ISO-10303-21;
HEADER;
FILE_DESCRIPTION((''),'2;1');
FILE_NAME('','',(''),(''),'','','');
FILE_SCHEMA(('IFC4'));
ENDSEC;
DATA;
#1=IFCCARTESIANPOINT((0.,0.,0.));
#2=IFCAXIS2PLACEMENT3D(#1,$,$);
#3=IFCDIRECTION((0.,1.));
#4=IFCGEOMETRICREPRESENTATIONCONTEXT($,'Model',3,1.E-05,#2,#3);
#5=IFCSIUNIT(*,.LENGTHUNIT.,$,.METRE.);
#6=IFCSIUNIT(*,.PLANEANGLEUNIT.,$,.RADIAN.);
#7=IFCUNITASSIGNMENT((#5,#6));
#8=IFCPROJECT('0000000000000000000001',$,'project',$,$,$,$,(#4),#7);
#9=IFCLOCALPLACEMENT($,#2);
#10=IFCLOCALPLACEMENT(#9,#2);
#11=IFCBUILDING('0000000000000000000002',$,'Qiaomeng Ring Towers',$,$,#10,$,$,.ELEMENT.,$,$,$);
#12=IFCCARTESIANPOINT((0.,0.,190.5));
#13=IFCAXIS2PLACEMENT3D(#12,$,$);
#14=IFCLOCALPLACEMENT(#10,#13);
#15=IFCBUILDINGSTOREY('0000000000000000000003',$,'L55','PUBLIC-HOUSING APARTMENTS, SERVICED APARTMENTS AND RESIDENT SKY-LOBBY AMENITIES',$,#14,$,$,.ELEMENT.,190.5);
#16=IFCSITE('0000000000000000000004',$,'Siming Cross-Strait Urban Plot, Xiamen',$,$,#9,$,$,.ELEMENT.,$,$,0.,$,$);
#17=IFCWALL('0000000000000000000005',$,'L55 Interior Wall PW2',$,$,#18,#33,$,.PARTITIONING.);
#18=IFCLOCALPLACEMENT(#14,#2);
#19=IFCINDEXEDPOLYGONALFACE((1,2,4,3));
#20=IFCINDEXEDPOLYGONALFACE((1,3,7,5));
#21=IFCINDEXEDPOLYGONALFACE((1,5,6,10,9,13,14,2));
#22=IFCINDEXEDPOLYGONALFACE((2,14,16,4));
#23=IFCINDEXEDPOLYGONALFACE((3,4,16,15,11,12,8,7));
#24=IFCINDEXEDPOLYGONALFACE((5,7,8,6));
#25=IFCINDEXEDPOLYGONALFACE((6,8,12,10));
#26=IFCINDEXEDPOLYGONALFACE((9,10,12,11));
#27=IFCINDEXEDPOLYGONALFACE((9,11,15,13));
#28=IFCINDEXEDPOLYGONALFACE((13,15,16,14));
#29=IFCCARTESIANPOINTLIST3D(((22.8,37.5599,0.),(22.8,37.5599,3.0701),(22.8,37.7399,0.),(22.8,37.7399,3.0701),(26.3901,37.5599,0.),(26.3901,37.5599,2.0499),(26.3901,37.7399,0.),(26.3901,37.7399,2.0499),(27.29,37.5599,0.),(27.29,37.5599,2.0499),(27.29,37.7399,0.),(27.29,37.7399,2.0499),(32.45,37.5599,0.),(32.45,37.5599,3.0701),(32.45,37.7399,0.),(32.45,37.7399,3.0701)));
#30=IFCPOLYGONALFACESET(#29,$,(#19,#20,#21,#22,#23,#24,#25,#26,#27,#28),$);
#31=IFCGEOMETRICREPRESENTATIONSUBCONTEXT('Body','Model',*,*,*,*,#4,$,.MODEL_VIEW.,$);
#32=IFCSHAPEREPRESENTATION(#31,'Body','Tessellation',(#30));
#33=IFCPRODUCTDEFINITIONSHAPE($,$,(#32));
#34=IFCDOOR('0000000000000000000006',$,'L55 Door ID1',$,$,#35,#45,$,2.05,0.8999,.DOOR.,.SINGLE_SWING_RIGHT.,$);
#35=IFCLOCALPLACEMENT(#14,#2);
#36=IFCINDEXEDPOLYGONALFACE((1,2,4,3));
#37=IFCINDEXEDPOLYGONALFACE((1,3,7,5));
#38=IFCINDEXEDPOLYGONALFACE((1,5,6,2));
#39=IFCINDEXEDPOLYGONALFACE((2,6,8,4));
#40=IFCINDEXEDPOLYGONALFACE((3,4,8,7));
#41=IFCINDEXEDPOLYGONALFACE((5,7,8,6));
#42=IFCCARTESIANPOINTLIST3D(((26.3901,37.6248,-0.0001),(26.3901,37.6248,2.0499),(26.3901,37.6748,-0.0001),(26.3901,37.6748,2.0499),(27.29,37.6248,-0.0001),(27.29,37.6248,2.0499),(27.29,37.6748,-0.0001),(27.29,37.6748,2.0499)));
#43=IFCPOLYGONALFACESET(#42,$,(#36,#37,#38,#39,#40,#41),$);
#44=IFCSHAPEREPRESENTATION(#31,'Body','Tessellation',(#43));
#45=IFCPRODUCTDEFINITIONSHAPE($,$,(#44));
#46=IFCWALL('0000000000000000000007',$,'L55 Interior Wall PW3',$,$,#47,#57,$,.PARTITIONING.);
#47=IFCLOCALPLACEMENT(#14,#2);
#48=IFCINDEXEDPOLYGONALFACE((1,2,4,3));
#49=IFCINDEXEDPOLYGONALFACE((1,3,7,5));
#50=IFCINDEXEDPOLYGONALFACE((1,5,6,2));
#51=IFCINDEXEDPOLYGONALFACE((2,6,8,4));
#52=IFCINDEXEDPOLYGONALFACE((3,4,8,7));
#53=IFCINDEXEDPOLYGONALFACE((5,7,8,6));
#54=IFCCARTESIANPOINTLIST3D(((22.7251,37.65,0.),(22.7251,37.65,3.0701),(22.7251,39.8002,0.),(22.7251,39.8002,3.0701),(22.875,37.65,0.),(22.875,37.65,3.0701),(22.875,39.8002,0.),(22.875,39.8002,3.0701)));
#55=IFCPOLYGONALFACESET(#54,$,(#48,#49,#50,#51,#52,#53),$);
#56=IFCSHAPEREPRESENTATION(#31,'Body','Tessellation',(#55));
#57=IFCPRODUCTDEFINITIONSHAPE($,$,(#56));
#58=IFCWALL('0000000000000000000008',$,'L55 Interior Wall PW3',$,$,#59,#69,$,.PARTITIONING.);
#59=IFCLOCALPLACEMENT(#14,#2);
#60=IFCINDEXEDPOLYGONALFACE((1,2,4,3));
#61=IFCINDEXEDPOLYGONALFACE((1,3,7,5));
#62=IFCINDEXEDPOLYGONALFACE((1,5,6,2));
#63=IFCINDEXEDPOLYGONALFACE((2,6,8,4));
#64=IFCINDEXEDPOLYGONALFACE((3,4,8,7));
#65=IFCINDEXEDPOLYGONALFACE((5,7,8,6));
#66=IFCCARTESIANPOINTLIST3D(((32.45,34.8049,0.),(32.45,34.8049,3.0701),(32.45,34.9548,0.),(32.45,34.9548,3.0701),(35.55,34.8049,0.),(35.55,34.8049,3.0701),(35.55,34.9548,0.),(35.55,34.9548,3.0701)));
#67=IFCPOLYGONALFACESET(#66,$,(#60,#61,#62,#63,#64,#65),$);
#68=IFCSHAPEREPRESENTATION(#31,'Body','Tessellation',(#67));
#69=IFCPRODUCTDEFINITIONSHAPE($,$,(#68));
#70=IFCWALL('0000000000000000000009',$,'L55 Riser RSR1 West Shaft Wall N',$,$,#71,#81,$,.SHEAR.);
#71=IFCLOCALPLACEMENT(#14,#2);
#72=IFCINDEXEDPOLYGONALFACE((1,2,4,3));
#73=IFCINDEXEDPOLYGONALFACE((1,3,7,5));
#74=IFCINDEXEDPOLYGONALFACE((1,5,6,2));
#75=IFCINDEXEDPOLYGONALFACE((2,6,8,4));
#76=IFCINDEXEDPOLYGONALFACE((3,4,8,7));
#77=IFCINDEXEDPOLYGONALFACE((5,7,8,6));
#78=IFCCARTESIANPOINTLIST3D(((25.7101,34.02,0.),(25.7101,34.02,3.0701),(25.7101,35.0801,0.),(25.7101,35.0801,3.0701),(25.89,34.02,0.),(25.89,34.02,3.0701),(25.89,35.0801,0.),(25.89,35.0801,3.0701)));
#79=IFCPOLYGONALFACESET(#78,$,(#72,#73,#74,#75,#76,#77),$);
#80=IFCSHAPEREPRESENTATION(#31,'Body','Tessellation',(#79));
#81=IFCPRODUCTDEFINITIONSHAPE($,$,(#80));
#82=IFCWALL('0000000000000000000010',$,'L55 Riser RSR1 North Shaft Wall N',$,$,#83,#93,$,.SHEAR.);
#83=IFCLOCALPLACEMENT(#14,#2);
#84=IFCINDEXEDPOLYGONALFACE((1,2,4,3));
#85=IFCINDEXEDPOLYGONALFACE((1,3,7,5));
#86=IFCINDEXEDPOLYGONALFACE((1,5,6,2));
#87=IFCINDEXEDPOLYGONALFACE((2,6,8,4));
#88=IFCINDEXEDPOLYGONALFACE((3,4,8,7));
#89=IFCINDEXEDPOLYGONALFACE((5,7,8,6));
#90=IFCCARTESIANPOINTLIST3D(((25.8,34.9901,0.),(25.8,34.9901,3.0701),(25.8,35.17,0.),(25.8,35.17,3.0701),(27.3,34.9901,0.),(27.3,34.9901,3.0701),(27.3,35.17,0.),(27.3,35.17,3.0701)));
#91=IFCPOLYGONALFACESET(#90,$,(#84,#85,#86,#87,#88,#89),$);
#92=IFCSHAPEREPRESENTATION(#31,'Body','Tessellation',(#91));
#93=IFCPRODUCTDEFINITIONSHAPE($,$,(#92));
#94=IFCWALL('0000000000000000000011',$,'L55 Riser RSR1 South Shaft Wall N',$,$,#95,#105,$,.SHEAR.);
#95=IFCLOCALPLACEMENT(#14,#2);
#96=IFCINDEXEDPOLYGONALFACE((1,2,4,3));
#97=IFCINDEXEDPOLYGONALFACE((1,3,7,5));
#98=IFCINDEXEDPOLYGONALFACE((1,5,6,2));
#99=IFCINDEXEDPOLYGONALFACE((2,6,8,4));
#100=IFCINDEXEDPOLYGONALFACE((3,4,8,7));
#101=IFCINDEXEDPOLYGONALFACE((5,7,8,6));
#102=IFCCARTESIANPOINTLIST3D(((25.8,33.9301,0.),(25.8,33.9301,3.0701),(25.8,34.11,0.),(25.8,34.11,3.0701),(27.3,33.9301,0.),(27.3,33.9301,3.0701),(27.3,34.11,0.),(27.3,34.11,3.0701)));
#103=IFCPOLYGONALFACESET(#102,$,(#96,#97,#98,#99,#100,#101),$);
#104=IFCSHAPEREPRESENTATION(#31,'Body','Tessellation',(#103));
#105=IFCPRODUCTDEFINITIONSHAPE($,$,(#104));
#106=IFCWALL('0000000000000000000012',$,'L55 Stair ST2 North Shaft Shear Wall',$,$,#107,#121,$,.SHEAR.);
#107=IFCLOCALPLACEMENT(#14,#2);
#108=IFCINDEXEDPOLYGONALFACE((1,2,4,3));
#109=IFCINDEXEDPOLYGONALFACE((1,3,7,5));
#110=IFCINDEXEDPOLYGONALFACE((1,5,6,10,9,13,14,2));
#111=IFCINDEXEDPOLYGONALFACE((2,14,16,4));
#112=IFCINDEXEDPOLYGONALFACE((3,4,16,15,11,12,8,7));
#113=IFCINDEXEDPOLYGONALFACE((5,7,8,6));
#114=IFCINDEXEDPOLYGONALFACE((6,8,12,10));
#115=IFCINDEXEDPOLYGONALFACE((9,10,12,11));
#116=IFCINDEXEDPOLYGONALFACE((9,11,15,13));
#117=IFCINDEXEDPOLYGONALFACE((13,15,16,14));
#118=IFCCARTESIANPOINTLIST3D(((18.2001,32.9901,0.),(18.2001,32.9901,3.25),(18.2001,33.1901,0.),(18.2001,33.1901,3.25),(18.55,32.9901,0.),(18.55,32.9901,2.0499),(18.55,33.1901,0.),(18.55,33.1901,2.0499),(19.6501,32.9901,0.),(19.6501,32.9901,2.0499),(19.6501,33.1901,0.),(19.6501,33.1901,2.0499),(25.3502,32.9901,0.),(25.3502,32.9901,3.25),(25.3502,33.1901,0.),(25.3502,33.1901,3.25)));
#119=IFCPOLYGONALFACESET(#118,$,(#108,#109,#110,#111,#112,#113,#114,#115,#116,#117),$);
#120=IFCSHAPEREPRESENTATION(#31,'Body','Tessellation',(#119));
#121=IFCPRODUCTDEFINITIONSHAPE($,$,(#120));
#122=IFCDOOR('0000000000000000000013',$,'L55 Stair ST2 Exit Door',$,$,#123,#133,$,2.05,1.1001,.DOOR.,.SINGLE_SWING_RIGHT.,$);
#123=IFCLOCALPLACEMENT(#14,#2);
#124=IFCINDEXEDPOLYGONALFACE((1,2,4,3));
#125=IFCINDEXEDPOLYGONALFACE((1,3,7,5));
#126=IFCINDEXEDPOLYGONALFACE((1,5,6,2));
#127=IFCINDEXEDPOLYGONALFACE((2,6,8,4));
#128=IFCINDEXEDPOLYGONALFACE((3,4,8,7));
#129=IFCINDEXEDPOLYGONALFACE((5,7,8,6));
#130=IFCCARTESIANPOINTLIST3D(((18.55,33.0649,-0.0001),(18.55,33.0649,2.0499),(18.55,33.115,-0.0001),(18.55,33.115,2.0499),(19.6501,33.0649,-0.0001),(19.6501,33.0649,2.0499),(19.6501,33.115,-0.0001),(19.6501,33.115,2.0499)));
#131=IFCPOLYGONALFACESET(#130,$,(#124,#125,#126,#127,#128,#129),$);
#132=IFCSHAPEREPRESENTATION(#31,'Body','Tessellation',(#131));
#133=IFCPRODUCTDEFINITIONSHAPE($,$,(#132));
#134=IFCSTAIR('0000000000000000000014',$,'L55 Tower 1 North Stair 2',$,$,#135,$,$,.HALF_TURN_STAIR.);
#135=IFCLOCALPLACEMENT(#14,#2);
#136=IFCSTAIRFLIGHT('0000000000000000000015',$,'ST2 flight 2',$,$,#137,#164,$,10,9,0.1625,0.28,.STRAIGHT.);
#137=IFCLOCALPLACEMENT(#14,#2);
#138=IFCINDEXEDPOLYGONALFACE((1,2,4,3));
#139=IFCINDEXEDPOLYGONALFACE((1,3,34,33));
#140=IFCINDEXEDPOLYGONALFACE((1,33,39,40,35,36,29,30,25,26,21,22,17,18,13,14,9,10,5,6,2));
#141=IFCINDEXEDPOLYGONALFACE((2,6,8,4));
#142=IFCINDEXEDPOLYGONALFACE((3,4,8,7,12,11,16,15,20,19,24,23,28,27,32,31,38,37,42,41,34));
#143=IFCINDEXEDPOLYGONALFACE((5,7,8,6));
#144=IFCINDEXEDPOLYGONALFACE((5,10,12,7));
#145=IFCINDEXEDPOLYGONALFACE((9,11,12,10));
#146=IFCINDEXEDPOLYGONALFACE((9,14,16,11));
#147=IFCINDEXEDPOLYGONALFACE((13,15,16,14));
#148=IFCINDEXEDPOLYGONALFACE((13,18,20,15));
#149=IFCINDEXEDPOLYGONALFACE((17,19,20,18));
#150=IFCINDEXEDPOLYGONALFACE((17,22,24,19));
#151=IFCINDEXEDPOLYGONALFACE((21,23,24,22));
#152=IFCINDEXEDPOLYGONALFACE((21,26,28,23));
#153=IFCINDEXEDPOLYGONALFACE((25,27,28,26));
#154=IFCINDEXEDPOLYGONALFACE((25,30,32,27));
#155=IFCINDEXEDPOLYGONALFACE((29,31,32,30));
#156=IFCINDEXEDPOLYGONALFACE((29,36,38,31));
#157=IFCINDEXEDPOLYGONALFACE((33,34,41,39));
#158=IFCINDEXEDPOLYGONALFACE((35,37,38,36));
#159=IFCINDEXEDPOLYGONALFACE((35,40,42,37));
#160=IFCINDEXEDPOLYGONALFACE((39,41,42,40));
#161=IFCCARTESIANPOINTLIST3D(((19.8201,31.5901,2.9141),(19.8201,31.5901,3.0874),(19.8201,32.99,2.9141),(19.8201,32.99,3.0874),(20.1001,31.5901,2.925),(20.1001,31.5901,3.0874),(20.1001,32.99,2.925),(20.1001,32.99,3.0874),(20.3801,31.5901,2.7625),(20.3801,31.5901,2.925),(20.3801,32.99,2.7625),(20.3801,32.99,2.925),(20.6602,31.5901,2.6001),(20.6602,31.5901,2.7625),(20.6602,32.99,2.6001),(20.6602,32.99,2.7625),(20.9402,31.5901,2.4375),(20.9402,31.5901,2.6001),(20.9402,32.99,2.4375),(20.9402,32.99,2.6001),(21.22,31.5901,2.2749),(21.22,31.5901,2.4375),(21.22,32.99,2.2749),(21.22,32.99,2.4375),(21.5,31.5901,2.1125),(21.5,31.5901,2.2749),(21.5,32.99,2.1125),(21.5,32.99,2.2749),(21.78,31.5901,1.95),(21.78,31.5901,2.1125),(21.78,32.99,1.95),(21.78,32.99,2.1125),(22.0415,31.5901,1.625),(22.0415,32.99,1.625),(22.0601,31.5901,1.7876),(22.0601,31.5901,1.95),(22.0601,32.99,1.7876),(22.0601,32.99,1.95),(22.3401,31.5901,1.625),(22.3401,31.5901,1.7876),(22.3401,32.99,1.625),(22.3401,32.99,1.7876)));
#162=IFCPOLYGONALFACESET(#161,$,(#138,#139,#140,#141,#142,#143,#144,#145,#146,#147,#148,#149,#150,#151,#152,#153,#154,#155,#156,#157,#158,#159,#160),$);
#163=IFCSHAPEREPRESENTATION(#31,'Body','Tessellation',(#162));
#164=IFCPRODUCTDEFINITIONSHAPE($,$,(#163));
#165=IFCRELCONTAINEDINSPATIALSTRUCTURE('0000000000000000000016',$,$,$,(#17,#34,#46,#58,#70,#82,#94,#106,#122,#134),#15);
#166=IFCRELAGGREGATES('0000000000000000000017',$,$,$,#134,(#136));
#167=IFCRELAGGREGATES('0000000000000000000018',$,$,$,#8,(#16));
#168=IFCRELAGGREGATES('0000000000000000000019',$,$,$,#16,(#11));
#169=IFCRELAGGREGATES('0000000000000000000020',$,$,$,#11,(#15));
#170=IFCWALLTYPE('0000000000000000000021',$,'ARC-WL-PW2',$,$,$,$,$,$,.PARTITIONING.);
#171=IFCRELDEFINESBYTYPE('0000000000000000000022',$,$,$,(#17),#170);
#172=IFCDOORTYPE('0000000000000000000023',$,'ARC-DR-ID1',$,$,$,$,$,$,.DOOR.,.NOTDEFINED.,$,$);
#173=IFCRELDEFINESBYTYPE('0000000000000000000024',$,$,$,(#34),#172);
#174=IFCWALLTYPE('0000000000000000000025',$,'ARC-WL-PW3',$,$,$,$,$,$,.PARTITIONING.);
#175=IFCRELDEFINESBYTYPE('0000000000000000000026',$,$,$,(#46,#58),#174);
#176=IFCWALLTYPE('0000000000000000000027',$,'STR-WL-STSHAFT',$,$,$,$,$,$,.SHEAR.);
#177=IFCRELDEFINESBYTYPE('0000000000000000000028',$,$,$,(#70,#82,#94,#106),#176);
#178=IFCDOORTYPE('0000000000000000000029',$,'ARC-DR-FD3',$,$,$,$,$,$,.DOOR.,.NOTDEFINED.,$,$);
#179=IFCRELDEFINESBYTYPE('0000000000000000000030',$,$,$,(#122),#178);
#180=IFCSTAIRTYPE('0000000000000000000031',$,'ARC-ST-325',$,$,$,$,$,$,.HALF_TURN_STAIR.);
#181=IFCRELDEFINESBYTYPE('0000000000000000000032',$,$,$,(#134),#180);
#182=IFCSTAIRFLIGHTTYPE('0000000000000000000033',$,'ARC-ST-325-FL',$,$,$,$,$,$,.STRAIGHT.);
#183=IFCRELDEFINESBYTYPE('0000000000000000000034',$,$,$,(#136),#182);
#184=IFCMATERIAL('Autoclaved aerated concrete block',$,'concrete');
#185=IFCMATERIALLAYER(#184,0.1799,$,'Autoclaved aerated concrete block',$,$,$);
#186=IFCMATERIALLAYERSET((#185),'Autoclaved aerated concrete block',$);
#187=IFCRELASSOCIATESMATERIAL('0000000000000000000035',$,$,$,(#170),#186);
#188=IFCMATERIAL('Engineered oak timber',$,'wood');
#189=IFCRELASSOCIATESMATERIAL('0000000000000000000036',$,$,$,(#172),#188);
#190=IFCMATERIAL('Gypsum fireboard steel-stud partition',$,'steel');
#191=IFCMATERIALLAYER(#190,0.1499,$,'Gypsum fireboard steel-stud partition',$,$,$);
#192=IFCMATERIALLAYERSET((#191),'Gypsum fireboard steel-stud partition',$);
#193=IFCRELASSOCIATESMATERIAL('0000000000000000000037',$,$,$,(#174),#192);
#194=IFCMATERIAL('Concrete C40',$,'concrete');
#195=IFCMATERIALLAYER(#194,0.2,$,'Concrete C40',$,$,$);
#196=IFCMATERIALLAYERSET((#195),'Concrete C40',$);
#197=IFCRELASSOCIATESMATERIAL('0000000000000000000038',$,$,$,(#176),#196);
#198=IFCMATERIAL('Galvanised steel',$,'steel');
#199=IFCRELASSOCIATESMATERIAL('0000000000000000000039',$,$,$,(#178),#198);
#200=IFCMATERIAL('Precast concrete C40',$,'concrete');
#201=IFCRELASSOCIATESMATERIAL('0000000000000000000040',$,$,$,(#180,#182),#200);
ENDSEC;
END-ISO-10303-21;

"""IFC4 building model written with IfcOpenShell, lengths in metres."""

from ifc_helpers import new_model, si_unit, direction, frame, frame_2d, origin, place, context, subcontext, project, spatial, polyline, rectangle, outline, extrude, source, transform, mapped, material, layer, layer_set, type_object, element, fill, aggregate, save


model = new_model("IFC4")

# Units and contexts
model_context = context("Model", 3, precision=1e-05, world=origin(), true_north=direction((0.0, 1.0)))
body_context = subcontext(model_context, "Body", "Model", "MODEL_VIEW")
ifc_project = project(units=[si_unit("LENGTHUNIT", "METRE"), si_unit("PLANEANGLEUNIT", "RADIAN")], contexts=[model_context])

# Site, building, storey
site_placement = place(None, origin())
site = spatial("IfcSite", under=ifc_project, at=site_placement, Name="Siming Cross-Strait Urban Plot, Xiamen", CompositionType="ELEMENT", RefElevation=0.0)
building_placement = place(site_placement, origin())
building = spatial("IfcBuilding", under=site, at=building_placement, Name="Qiaomeng Ring Towers", CompositionType="ELEMENT")
storey_placement = place(building_placement, frame((0.0, 0.0, 190.5)))
storey = spatial("IfcBuildingStorey", under=building, at=storey_placement, Name="L55", Description="PUBLIC-HOUSING APARTMENTS, SERVICED APARTMENTS AND RESIDENT SKY-LOBBY AMENITIES", CompositionType="ELEMENT", Elevation=190.5)

# Shared definitions
ifc_material_1 = material(Name="Concrete C40", Category="concrete")

# Shared definitions
ifc_material_2 = material(Name="Autoclaved aerated concrete block", Category="concrete")

# Wall, opening, door
ifc_layer_1 = layer(ifc_material_2, 0.1799, Name="Autoclaved aerated concrete block")
ifc_layer_set_1 = layer_set([ifc_layer_1], Name="Autoclaved aerated concrete block")
wall_type_1 = type_object("IfcWallType", Name="ARC-WL-PW2", PredefinedType="PARTITIONING", material=ifc_layer_set_1)
wall_1_placement = place(storey_placement, frame((22.8, 37.6499, 0.0), z_axis=(0.0, 0.0, 1.0), x_axis=(1.0, 0.0, 0.0)))
wall_1 = element("IfcWall", 1, at=wall_1_placement, inside=storey, type_object=wall_type_1, Name="L55 Interior Wall PW2", PredefinedType="PARTITIONING", context=body_context, shape_type="SweptSolid", body=[
    extrude(rectangle(XDim=9.6499, YDim=0.1799, at=frame_2d((4.825, 0.0))), origin(), (0.0, 0.0, 1.0), 3.0701),
])
opening_1_placement = place(wall_1_placement, frame((3.5901, 0.0, 0.0)))
opening_1 = element("IfcOpeningElement", 2, at=opening_1_placement, cuts=wall_1, PredefinedType="OPENING", context=body_context, shape_type="SweptSolid", body=[
    extrude(rectangle(XDim=0.8999, YDim=2.05, at=frame_2d((0.45, 1.0249))), frame((0.0, 0.0999, 0.0), z_axis=(0.0, -1.0, 0.0), x_axis=(1.0, 0.0, 0.0)), (0.0, 0.0, 1.0), 0.2),
])
ifc_material_3 = material(Name="Engineered oak timber", Category="wood")
door_type_1 = type_object("IfcDoorType", Name="ARC-DR-ID1", OperationType="NOTDEFINED", PredefinedType="DOOR", material=ifc_material_3)
shared_shape_1 = source(origin(), body_context, "Body", "SweptSolid", [
    extrude(rectangle(XDim=0.8999, YDim=2.05, at=frame_2d((0.45, 1.0249))), frame((0.0, 0.0249, 0.0), z_axis=(0.0, -1.0, 0.0), x_axis=(1.0, 0.0, 0.0)), (0.0, 0.0, 1.0), 0.05),
])
door_1_placement = place(opening_1_placement, origin())
door_1 = element("IfcDoor", 3, at=door_1_placement, inside=storey, type_object=door_type_1, Name="L55 Door ID1", OperationType="SINGLE_SWING_RIGHT", OverallHeight=2.05, OverallWidth=0.8999, PredefinedType="DOOR", context=body_context, shape_type="MappedRepresentation", body=[
    mapped(shared_shape_1, transform((0.0, 0.0, 0.0), x_axis=(1.0, 0.0, 0.0), y_axis=(0.0, 1.0, 0.0), z_axis=(0.0, 0.0, 1.0), scale=1.0)),
])
fill(opening_1, door_1)

# Walls
ifc_material_4 = material(Name="Gypsum fireboard steel-stud partition", Category="steel")
ifc_layer_2 = layer(ifc_material_4, 0.1499, Name="Gypsum fireboard steel-stud partition")
ifc_layer_set_2 = layer_set([ifc_layer_2], Name="Gypsum fireboard steel-stud partition")
wall_type_2 = type_object("IfcWallType", Name="ARC-WL-PW3", PredefinedType="PARTITIONING", material=ifc_layer_set_2)
wall_2_placement = place(storey_placement, frame((22.8, 37.6499, 0.0), z_axis=(0.0, 0.0, 1.0), x_axis=(0.0, 1.0, 0.0)))
element("IfcWall", 4, at=wall_2_placement, inside=storey, type_object=wall_type_2, Name="L55 Interior Wall PW3", PredefinedType="PARTITIONING", context=body_context, shape_type="SweptSolid", body=[
    extrude(rectangle(XDim=2.1501, YDim=0.1499, at=frame_2d((1.0752, 0.0))), origin(), (0.0, 0.0, 1.0), 3.0701),
])
wall_3_placement = place(storey_placement, frame((32.45, 34.8799, 0.0), z_axis=(0.0, 0.0, 1.0), x_axis=(1.0, 0.0, 0.0)))
element("IfcWall", 5, at=wall_3_placement, inside=storey, type_object=wall_type_2, Name="L55 Interior Wall PW3", PredefinedType="PARTITIONING", context=body_context, shape_type="SweptSolid", body=[
    extrude(rectangle(XDim=3.1001, YDim=0.1499, at=frame_2d((1.55, 0.0))), origin(), (0.0, 0.0, 1.0), 3.0701),
])
ifc_layer_3 = layer(ifc_material_1, 0.2, Name="Concrete C40")
ifc_layer_set_3 = layer_set([ifc_layer_3], Name="Concrete C40")
wall_type_3 = type_object("IfcWallType", Name="STR-WL-STSHAFT", PredefinedType="SHEAR", material=ifc_layer_set_3)
wall_4_placement = place(storey_placement, frame((25.8, 34.02, 0.0), z_axis=(0.0, 0.0, 1.0), x_axis=(0.0, 1.0, 0.0)))
element("IfcWall", 6, at=wall_4_placement, inside=storey, type_object=wall_type_3, Name="L55 Riser RSR1 West Shaft Wall N", PredefinedType="SHEAR", context=body_context, shape_type="SweptSolid", body=[
    extrude(rectangle(XDim=1.0601, YDim=0.1799, at=frame_2d((0.53, 0.0))), origin(), (0.0, 0.0, 1.0), 3.0701),
])
for number, where, z_axis, x_axis, name in (
    (7, (25.8, 35.0801, 0.0), (0.0, 0.0, 1.0), (1.0, 0.0, 0.0), "L55 Riser RSR1 North Shaft Wall N"),
    (8, (25.8, 34.02, 0.0), (0.0, 0.0, 1.0), (1.0, 0.0, 0.0), "L55 Riser RSR1 South Shaft Wall N"),
):
    element("IfcWall", number, at=place(storey_placement, frame(where, z_axis=z_axis, x_axis=x_axis)), inside=storey, type_object=wall_type_3, Name=name, PredefinedType="SHEAR", context=body_context, shape_type="SweptSolid", body=[
        extrude(rectangle(XDim=1.5, YDim=0.1799, at=frame_2d((0.75, 0.0))), origin(), (0.0, 0.0, 1.0), 3.0701),
    ])

# Wall, opening, door
wall_5_placement = place(storey_placement, frame((18.2, 33.0901, 0.0), z_axis=(0.0, 0.0, 1.0), x_axis=(1.0, 0.0, 0.0)))
wall_5 = element("IfcWall", 9, at=wall_5_placement, inside=storey, type_object=wall_type_3, Name="L55 Stair ST2 North Shaft Shear Wall", PredefinedType="SHEAR", context=body_context, shape_type="SweptSolid", body=[
    extrude(rectangle(XDim=7.1501, YDim=0.2, at=frame_2d((3.5752, 0.0))), origin(), (0.0, 0.0, 1.0), 3.25),
])
opening_2_placement = place(wall_5_placement, frame((0.3501, 0.0, 0.0)))
opening_2 = element("IfcOpeningElement", 10, at=opening_2_placement, cuts=wall_5, PredefinedType="OPENING", context=body_context, shape_type="SweptSolid", body=[
    extrude(rectangle(XDim=1.1001, YDim=2.05, at=frame_2d((0.55, 1.0249))), frame((0.0, 0.1099, 0.0), z_axis=(0.0, -1.0, 0.0), x_axis=(1.0, 0.0, 0.0)), (0.0, 0.0, 1.0), 0.22),
])
ifc_material_5 = material(Name="Galvanised steel", Category="steel")
door_type_2 = type_object("IfcDoorType", Name="ARC-DR-FD3", OperationType="NOTDEFINED", PredefinedType="DOOR", material=ifc_material_5)
shared_shape_2 = source(origin(), body_context, "Body", "SweptSolid", [
    extrude(rectangle(XDim=1.1001, YDim=2.05, at=frame_2d((0.55, 1.0249))), frame((0.0, 0.0249, 0.0), z_axis=(0.0, -1.0, 0.0), x_axis=(1.0, 0.0, 0.0)), (0.0, 0.0, 1.0), 0.05),
])
door_2_placement = place(opening_2_placement, origin())
door_2 = element("IfcDoor", 11, at=door_2_placement, inside=storey, type_object=door_type_2, Name="L55 Stair ST2 Exit Door", OperationType="SINGLE_SWING_RIGHT", OverallHeight=2.05, OverallWidth=1.1001, PredefinedType="DOOR", context=body_context, shape_type="MappedRepresentation", body=[
    mapped(shared_shape_2, transform((0.0, 0.0, 0.0), x_axis=(1.0, 0.0, 0.0), y_axis=(0.0, 1.0, 0.0), z_axis=(0.0, 0.0, 1.0), scale=1.0)),
])
fill(opening_2, door_2)

# Stair, stair flight
ifc_material_6 = material(Name="Precast concrete C40", Category="concrete")
stair_type = type_object("IfcStairType", Name="ARC-ST-325", PredefinedType="HALF_TURN_STAIR", material=ifc_material_6)
stair_placement = place(storey_placement, origin())
stair = element("IfcStair", 12, at=stair_placement, inside=storey, type_object=stair_type, Name="L55 Tower 1 North Stair 2", PredefinedType="HALF_TURN_STAIR")
stair_flight_type = type_object("IfcStairFlightType", Name="ARC-ST-325-FL", PredefinedType="STRAIGHT", material=ifc_material_6)
shared_shape_3 = source(origin(), body_context, "Body", "SweptSolid", [
    extrude(outline(polyline([(0.0, 0.0), (0.0, 0.1626), (0.28, 0.1626), (0.28, 0.325), (0.5601, 0.325), (0.5601, 0.4875), (0.8401, 0.4875), (0.8401, 0.6499), (1.1201, 0.6499), (1.1201, 0.8125), (1.3999, 0.8125), (1.3999, 0.9751), (1.6799, 0.9751), (1.6799, 1.1375), (1.96, 1.1375), (1.96, 1.3), (2.24, 1.3), (2.24, 1.4624), (2.52, 1.4624), (2.52, 1.625), (2.52, 1.2891), (0.2986, 0.0), (0.0, 0.0)])), frame((0.0, 0.7, 0.0), z_axis=(0.0, -1.0, 0.0), x_axis=(1.0, 0.0, 0.0)), (0.0, 0.0, 1.0), 1.3999),
])
stair_flight_placement = place(storey_placement, frame((22.3401, 32.29, 1.625), z_axis=(0.0, 0.0, 1.0), x_axis=(-1.0, 0.0, 0.0)))
stair_flight = element("IfcStairFlight", 13, at=stair_flight_placement, type_object=stair_flight_type, Name="ST2 flight 2", NumberOfRisers=10, NumberOfTreads=9, PredefinedType="STRAIGHT", RiserHeight=0.1625, TreadLength=0.28, context=body_context, shape_type="MappedRepresentation", body=[
    mapped(shared_shape_3, transform((0.0, 0.0, 0.0), x_axis=(1.0, 0.0, 0.0), y_axis=(0.0, 1.0, 0.0), z_axis=(0.0, 0.0, 1.0), scale=1.0)),
])
aggregate(stair, [stair_flight])

save(model, "model.ifc")
